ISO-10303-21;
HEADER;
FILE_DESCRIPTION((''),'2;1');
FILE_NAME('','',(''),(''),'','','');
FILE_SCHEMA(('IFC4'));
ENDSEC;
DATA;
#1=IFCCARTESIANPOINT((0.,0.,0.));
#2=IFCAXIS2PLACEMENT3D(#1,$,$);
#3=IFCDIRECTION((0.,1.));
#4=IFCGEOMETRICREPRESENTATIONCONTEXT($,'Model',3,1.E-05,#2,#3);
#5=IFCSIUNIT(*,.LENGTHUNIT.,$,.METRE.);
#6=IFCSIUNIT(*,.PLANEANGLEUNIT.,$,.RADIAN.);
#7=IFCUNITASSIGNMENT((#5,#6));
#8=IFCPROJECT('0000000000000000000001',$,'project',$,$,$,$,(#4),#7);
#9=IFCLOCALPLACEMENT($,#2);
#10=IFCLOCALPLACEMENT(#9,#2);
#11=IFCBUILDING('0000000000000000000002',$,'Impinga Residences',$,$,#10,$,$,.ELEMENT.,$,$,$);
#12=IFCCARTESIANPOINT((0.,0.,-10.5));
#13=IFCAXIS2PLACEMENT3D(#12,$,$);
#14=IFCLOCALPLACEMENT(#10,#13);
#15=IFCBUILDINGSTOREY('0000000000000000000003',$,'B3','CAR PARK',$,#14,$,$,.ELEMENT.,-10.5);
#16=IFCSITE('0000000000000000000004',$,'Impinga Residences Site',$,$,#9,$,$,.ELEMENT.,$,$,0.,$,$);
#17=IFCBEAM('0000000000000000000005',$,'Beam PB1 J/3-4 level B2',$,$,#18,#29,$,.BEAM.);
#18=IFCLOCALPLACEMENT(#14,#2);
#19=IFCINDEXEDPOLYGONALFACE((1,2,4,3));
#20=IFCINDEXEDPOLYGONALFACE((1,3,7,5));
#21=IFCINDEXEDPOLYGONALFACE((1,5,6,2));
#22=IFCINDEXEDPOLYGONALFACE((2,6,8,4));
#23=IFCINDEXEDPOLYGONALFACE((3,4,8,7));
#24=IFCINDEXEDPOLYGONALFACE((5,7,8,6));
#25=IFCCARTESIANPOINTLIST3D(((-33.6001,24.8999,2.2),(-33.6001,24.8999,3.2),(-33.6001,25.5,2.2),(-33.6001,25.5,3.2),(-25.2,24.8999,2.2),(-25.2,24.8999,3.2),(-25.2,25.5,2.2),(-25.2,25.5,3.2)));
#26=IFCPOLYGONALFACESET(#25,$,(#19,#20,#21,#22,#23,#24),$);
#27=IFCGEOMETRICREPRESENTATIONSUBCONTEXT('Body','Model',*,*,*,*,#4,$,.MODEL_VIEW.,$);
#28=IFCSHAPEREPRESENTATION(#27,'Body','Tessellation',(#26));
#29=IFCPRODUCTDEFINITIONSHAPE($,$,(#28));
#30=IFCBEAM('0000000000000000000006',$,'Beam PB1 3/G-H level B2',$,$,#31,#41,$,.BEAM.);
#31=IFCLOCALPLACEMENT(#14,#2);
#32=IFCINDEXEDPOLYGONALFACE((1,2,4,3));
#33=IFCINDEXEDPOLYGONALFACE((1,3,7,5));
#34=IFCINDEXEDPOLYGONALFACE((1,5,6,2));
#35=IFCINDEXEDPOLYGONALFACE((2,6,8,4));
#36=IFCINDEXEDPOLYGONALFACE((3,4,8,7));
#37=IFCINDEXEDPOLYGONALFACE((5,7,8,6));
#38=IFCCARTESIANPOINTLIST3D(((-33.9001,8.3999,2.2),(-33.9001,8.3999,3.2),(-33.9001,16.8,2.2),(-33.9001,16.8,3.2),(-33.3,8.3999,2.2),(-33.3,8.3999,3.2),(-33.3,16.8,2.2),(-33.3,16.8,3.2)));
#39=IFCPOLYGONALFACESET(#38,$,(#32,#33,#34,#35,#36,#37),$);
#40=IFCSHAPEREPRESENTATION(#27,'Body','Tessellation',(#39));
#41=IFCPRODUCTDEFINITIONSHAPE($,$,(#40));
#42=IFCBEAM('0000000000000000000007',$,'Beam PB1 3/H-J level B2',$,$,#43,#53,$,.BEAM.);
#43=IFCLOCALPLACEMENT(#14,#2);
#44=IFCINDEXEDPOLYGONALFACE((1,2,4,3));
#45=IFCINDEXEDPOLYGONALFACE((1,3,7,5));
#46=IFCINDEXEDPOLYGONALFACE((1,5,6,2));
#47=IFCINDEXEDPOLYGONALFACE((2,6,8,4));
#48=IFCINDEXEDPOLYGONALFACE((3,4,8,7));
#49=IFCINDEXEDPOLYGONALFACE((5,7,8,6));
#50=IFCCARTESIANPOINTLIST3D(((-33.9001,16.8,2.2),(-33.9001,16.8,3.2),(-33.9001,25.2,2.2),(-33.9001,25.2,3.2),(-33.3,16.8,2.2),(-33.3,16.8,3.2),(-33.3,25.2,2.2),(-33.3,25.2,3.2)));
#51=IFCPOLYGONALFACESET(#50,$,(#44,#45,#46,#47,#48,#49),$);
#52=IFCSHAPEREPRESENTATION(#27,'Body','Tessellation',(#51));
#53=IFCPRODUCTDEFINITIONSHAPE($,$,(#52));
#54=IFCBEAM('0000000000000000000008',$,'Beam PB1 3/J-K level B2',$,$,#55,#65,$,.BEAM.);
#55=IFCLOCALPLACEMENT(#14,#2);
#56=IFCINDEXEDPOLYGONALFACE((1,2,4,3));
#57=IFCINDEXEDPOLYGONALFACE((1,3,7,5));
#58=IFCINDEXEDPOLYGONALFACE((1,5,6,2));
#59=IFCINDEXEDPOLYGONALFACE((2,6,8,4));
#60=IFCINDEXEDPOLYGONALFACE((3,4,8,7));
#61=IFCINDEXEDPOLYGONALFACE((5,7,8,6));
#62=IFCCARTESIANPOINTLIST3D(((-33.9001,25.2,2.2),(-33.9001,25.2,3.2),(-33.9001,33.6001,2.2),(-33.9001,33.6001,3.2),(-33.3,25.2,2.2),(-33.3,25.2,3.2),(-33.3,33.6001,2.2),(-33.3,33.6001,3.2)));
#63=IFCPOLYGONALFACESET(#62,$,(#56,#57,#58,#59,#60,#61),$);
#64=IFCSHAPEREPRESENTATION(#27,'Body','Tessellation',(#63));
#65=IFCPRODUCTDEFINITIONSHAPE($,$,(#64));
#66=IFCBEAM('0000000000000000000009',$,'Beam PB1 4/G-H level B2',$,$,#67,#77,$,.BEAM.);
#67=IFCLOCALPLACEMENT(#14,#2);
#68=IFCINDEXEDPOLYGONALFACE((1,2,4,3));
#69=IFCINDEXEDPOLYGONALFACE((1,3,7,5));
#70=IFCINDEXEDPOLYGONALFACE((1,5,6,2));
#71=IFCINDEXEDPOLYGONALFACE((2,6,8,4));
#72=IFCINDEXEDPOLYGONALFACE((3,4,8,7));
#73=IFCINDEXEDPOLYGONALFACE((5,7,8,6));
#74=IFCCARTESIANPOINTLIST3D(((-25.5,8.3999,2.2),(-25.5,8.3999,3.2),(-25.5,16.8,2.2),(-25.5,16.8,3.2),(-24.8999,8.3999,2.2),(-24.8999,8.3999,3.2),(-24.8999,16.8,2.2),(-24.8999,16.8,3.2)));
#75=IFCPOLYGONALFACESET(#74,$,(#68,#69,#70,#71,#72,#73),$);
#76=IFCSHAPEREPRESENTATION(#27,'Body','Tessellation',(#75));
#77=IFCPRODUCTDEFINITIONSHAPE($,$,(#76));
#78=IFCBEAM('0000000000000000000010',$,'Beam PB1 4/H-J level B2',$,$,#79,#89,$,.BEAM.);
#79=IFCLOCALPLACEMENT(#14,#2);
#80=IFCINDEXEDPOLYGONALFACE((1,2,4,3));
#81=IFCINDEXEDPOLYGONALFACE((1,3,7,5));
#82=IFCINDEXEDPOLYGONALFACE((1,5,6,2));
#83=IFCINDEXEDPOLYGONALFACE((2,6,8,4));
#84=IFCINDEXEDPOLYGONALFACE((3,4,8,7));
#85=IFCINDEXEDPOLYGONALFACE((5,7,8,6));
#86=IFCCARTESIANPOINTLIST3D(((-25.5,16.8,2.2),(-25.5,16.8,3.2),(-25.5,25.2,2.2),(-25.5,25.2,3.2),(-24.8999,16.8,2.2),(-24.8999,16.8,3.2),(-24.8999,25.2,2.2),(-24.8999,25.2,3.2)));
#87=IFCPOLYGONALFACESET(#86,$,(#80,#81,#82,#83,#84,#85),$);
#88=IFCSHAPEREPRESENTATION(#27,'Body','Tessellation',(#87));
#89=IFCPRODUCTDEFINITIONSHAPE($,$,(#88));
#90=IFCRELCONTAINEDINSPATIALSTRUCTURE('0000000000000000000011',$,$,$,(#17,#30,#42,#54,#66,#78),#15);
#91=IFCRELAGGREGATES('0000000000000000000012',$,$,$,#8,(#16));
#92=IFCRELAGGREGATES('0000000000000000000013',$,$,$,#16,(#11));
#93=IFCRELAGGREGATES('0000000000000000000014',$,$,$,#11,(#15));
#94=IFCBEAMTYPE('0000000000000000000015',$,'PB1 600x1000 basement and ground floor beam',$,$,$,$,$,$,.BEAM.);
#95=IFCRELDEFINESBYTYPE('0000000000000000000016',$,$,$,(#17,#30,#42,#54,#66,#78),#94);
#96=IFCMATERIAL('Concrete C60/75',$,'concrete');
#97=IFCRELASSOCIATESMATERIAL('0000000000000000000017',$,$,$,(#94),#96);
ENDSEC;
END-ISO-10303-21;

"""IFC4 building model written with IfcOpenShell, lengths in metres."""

from ifc_helpers import new_model, si_unit, direction, frame, origin, origin_2d, place, context, subcontext, project, spatial, rectangle, extrude, material, material_profile, profile_set, type_object, element, save


model = new_model("IFC4")

# Units and contexts
model_context = context("Model", 3, precision=1e-05, world=origin(), true_north=direction((0.0, 1.0)))
body_context = subcontext(model_context, "Body", "Model", "MODEL_VIEW")
ifc_project = project(units=[si_unit("LENGTHUNIT", "METRE"), si_unit("PLANEANGLEUNIT", "RADIAN")], contexts=[model_context])

# Site, building, storey
site_placement = place(None, origin())
site = spatial("IfcSite", under=ifc_project, at=site_placement, Name="Impinga Residences Site", CompositionType="ELEMENT", RefElevation=0.0)
building_placement = place(site_placement, origin())
building = spatial("IfcBuilding", under=site, at=building_placement, Name="Impinga Residences", CompositionType="ELEMENT")
storey_placement = place(building_placement, frame((0.0, 0.0, -10.5)))
storey = spatial("IfcBuildingStorey", under=building, at=storey_placement, Name="B3", Description="CAR PARK", CompositionType="ELEMENT", Elevation=-10.5)

# Beams
ifc_material_1 = material(Name="Concrete C60/75", Category="concrete")
ifc_material_profile_1 = material_profile(ifc_material_1, rectangle(XDim=0.6001, YDim=1.0, at=origin_2d()), Name="RC 600x1000")
ifc_profile_set_1 = profile_set([ifc_material_profile_1], Name="Concrete C60/75")
beam_type = type_object("IfcBeamType", Name="PB1 600x1000 basement and ground floor beam", PredefinedType="BEAM", material=ifc_profile_set_1)
for number, where, z_axis, x_axis, name in (
    (1, (-33.6001, 25.2, 2.7), (1.0, 0.0, 0.0), (0.0, 1.0, 0.0), "Beam PB1 J/3-4 level B2"),
    (2, (-33.6001, 8.3999, 2.7), (0.0, 1.0, 0.0), (-1.0, 0.0, 0.0), "Beam PB1 3/G-H level B2"),
):
    element("IfcBeam", number, at=place(storey_placement, frame(where, z_axis=z_axis, x_axis=x_axis)), inside=storey, type_object=beam_type, Name=name, PredefinedType="BEAM", context=body_context, shape_type="SweptSolid", body=[
        extrude(rectangle(XDim=0.6001, YDim=1.0, at=origin_2d()), origin(), (0.0, 0.0, 1.0), 8.4001),
    ])
beam_1_placement = place(storey_placement, frame((-33.6001, 16.8, 2.7), z_axis=(0.0, 1.0, 0.0), x_axis=(-1.0, 0.0, 0.0)))
element("IfcBeam", 3, at=beam_1_placement, inside=storey, type_object=beam_type, Name="Beam PB1 3/H-J level B2", PredefinedType="BEAM", context=body_context, shape_type="SweptSolid", body=[
    extrude(rectangle(XDim=0.6001, YDim=1.0, at=origin_2d()), origin(), (0.0, 0.0, 1.0), 8.3999),
])
for number, where, z_axis, x_axis, name in (
    (4, (-33.6001, 25.2, 2.7), (0.0, 1.0, 0.0), (-1.0, 0.0, 0.0), "Beam PB1 3/J-K level B2"),
    (5, (-25.2, 8.3999, 2.7), (0.0, 1.0, 0.0), (-1.0, 0.0, 0.0), "Beam PB1 4/G-H level B2"),
):
    element("IfcBeam", number, at=place(storey_placement, frame(where, z_axis=z_axis, x_axis=x_axis)), inside=storey, type_object=beam_type, Name=name, PredefinedType="BEAM", context=body_context, shape_type="SweptSolid", body=[
        extrude(rectangle(XDim=0.6001, YDim=1.0, at=origin_2d()), origin(), (0.0, 0.0, 1.0), 8.4001),
    ])
beam_2_placement = place(storey_placement, frame((-25.2, 16.8, 2.7), z_axis=(0.0, 1.0, 0.0), x_axis=(-1.0, 0.0, 0.0)))
element("IfcBeam", 6, at=beam_2_placement, inside=storey, type_object=beam_type, Name="Beam PB1 4/H-J level B2", PredefinedType="BEAM", context=body_context, shape_type="SweptSolid", body=[
    extrude(rectangle(XDim=0.6001, YDim=1.0, at=origin_2d()), origin(), (0.0, 0.0, 1.0), 8.3999),
])

save(model, "model.ifc")
